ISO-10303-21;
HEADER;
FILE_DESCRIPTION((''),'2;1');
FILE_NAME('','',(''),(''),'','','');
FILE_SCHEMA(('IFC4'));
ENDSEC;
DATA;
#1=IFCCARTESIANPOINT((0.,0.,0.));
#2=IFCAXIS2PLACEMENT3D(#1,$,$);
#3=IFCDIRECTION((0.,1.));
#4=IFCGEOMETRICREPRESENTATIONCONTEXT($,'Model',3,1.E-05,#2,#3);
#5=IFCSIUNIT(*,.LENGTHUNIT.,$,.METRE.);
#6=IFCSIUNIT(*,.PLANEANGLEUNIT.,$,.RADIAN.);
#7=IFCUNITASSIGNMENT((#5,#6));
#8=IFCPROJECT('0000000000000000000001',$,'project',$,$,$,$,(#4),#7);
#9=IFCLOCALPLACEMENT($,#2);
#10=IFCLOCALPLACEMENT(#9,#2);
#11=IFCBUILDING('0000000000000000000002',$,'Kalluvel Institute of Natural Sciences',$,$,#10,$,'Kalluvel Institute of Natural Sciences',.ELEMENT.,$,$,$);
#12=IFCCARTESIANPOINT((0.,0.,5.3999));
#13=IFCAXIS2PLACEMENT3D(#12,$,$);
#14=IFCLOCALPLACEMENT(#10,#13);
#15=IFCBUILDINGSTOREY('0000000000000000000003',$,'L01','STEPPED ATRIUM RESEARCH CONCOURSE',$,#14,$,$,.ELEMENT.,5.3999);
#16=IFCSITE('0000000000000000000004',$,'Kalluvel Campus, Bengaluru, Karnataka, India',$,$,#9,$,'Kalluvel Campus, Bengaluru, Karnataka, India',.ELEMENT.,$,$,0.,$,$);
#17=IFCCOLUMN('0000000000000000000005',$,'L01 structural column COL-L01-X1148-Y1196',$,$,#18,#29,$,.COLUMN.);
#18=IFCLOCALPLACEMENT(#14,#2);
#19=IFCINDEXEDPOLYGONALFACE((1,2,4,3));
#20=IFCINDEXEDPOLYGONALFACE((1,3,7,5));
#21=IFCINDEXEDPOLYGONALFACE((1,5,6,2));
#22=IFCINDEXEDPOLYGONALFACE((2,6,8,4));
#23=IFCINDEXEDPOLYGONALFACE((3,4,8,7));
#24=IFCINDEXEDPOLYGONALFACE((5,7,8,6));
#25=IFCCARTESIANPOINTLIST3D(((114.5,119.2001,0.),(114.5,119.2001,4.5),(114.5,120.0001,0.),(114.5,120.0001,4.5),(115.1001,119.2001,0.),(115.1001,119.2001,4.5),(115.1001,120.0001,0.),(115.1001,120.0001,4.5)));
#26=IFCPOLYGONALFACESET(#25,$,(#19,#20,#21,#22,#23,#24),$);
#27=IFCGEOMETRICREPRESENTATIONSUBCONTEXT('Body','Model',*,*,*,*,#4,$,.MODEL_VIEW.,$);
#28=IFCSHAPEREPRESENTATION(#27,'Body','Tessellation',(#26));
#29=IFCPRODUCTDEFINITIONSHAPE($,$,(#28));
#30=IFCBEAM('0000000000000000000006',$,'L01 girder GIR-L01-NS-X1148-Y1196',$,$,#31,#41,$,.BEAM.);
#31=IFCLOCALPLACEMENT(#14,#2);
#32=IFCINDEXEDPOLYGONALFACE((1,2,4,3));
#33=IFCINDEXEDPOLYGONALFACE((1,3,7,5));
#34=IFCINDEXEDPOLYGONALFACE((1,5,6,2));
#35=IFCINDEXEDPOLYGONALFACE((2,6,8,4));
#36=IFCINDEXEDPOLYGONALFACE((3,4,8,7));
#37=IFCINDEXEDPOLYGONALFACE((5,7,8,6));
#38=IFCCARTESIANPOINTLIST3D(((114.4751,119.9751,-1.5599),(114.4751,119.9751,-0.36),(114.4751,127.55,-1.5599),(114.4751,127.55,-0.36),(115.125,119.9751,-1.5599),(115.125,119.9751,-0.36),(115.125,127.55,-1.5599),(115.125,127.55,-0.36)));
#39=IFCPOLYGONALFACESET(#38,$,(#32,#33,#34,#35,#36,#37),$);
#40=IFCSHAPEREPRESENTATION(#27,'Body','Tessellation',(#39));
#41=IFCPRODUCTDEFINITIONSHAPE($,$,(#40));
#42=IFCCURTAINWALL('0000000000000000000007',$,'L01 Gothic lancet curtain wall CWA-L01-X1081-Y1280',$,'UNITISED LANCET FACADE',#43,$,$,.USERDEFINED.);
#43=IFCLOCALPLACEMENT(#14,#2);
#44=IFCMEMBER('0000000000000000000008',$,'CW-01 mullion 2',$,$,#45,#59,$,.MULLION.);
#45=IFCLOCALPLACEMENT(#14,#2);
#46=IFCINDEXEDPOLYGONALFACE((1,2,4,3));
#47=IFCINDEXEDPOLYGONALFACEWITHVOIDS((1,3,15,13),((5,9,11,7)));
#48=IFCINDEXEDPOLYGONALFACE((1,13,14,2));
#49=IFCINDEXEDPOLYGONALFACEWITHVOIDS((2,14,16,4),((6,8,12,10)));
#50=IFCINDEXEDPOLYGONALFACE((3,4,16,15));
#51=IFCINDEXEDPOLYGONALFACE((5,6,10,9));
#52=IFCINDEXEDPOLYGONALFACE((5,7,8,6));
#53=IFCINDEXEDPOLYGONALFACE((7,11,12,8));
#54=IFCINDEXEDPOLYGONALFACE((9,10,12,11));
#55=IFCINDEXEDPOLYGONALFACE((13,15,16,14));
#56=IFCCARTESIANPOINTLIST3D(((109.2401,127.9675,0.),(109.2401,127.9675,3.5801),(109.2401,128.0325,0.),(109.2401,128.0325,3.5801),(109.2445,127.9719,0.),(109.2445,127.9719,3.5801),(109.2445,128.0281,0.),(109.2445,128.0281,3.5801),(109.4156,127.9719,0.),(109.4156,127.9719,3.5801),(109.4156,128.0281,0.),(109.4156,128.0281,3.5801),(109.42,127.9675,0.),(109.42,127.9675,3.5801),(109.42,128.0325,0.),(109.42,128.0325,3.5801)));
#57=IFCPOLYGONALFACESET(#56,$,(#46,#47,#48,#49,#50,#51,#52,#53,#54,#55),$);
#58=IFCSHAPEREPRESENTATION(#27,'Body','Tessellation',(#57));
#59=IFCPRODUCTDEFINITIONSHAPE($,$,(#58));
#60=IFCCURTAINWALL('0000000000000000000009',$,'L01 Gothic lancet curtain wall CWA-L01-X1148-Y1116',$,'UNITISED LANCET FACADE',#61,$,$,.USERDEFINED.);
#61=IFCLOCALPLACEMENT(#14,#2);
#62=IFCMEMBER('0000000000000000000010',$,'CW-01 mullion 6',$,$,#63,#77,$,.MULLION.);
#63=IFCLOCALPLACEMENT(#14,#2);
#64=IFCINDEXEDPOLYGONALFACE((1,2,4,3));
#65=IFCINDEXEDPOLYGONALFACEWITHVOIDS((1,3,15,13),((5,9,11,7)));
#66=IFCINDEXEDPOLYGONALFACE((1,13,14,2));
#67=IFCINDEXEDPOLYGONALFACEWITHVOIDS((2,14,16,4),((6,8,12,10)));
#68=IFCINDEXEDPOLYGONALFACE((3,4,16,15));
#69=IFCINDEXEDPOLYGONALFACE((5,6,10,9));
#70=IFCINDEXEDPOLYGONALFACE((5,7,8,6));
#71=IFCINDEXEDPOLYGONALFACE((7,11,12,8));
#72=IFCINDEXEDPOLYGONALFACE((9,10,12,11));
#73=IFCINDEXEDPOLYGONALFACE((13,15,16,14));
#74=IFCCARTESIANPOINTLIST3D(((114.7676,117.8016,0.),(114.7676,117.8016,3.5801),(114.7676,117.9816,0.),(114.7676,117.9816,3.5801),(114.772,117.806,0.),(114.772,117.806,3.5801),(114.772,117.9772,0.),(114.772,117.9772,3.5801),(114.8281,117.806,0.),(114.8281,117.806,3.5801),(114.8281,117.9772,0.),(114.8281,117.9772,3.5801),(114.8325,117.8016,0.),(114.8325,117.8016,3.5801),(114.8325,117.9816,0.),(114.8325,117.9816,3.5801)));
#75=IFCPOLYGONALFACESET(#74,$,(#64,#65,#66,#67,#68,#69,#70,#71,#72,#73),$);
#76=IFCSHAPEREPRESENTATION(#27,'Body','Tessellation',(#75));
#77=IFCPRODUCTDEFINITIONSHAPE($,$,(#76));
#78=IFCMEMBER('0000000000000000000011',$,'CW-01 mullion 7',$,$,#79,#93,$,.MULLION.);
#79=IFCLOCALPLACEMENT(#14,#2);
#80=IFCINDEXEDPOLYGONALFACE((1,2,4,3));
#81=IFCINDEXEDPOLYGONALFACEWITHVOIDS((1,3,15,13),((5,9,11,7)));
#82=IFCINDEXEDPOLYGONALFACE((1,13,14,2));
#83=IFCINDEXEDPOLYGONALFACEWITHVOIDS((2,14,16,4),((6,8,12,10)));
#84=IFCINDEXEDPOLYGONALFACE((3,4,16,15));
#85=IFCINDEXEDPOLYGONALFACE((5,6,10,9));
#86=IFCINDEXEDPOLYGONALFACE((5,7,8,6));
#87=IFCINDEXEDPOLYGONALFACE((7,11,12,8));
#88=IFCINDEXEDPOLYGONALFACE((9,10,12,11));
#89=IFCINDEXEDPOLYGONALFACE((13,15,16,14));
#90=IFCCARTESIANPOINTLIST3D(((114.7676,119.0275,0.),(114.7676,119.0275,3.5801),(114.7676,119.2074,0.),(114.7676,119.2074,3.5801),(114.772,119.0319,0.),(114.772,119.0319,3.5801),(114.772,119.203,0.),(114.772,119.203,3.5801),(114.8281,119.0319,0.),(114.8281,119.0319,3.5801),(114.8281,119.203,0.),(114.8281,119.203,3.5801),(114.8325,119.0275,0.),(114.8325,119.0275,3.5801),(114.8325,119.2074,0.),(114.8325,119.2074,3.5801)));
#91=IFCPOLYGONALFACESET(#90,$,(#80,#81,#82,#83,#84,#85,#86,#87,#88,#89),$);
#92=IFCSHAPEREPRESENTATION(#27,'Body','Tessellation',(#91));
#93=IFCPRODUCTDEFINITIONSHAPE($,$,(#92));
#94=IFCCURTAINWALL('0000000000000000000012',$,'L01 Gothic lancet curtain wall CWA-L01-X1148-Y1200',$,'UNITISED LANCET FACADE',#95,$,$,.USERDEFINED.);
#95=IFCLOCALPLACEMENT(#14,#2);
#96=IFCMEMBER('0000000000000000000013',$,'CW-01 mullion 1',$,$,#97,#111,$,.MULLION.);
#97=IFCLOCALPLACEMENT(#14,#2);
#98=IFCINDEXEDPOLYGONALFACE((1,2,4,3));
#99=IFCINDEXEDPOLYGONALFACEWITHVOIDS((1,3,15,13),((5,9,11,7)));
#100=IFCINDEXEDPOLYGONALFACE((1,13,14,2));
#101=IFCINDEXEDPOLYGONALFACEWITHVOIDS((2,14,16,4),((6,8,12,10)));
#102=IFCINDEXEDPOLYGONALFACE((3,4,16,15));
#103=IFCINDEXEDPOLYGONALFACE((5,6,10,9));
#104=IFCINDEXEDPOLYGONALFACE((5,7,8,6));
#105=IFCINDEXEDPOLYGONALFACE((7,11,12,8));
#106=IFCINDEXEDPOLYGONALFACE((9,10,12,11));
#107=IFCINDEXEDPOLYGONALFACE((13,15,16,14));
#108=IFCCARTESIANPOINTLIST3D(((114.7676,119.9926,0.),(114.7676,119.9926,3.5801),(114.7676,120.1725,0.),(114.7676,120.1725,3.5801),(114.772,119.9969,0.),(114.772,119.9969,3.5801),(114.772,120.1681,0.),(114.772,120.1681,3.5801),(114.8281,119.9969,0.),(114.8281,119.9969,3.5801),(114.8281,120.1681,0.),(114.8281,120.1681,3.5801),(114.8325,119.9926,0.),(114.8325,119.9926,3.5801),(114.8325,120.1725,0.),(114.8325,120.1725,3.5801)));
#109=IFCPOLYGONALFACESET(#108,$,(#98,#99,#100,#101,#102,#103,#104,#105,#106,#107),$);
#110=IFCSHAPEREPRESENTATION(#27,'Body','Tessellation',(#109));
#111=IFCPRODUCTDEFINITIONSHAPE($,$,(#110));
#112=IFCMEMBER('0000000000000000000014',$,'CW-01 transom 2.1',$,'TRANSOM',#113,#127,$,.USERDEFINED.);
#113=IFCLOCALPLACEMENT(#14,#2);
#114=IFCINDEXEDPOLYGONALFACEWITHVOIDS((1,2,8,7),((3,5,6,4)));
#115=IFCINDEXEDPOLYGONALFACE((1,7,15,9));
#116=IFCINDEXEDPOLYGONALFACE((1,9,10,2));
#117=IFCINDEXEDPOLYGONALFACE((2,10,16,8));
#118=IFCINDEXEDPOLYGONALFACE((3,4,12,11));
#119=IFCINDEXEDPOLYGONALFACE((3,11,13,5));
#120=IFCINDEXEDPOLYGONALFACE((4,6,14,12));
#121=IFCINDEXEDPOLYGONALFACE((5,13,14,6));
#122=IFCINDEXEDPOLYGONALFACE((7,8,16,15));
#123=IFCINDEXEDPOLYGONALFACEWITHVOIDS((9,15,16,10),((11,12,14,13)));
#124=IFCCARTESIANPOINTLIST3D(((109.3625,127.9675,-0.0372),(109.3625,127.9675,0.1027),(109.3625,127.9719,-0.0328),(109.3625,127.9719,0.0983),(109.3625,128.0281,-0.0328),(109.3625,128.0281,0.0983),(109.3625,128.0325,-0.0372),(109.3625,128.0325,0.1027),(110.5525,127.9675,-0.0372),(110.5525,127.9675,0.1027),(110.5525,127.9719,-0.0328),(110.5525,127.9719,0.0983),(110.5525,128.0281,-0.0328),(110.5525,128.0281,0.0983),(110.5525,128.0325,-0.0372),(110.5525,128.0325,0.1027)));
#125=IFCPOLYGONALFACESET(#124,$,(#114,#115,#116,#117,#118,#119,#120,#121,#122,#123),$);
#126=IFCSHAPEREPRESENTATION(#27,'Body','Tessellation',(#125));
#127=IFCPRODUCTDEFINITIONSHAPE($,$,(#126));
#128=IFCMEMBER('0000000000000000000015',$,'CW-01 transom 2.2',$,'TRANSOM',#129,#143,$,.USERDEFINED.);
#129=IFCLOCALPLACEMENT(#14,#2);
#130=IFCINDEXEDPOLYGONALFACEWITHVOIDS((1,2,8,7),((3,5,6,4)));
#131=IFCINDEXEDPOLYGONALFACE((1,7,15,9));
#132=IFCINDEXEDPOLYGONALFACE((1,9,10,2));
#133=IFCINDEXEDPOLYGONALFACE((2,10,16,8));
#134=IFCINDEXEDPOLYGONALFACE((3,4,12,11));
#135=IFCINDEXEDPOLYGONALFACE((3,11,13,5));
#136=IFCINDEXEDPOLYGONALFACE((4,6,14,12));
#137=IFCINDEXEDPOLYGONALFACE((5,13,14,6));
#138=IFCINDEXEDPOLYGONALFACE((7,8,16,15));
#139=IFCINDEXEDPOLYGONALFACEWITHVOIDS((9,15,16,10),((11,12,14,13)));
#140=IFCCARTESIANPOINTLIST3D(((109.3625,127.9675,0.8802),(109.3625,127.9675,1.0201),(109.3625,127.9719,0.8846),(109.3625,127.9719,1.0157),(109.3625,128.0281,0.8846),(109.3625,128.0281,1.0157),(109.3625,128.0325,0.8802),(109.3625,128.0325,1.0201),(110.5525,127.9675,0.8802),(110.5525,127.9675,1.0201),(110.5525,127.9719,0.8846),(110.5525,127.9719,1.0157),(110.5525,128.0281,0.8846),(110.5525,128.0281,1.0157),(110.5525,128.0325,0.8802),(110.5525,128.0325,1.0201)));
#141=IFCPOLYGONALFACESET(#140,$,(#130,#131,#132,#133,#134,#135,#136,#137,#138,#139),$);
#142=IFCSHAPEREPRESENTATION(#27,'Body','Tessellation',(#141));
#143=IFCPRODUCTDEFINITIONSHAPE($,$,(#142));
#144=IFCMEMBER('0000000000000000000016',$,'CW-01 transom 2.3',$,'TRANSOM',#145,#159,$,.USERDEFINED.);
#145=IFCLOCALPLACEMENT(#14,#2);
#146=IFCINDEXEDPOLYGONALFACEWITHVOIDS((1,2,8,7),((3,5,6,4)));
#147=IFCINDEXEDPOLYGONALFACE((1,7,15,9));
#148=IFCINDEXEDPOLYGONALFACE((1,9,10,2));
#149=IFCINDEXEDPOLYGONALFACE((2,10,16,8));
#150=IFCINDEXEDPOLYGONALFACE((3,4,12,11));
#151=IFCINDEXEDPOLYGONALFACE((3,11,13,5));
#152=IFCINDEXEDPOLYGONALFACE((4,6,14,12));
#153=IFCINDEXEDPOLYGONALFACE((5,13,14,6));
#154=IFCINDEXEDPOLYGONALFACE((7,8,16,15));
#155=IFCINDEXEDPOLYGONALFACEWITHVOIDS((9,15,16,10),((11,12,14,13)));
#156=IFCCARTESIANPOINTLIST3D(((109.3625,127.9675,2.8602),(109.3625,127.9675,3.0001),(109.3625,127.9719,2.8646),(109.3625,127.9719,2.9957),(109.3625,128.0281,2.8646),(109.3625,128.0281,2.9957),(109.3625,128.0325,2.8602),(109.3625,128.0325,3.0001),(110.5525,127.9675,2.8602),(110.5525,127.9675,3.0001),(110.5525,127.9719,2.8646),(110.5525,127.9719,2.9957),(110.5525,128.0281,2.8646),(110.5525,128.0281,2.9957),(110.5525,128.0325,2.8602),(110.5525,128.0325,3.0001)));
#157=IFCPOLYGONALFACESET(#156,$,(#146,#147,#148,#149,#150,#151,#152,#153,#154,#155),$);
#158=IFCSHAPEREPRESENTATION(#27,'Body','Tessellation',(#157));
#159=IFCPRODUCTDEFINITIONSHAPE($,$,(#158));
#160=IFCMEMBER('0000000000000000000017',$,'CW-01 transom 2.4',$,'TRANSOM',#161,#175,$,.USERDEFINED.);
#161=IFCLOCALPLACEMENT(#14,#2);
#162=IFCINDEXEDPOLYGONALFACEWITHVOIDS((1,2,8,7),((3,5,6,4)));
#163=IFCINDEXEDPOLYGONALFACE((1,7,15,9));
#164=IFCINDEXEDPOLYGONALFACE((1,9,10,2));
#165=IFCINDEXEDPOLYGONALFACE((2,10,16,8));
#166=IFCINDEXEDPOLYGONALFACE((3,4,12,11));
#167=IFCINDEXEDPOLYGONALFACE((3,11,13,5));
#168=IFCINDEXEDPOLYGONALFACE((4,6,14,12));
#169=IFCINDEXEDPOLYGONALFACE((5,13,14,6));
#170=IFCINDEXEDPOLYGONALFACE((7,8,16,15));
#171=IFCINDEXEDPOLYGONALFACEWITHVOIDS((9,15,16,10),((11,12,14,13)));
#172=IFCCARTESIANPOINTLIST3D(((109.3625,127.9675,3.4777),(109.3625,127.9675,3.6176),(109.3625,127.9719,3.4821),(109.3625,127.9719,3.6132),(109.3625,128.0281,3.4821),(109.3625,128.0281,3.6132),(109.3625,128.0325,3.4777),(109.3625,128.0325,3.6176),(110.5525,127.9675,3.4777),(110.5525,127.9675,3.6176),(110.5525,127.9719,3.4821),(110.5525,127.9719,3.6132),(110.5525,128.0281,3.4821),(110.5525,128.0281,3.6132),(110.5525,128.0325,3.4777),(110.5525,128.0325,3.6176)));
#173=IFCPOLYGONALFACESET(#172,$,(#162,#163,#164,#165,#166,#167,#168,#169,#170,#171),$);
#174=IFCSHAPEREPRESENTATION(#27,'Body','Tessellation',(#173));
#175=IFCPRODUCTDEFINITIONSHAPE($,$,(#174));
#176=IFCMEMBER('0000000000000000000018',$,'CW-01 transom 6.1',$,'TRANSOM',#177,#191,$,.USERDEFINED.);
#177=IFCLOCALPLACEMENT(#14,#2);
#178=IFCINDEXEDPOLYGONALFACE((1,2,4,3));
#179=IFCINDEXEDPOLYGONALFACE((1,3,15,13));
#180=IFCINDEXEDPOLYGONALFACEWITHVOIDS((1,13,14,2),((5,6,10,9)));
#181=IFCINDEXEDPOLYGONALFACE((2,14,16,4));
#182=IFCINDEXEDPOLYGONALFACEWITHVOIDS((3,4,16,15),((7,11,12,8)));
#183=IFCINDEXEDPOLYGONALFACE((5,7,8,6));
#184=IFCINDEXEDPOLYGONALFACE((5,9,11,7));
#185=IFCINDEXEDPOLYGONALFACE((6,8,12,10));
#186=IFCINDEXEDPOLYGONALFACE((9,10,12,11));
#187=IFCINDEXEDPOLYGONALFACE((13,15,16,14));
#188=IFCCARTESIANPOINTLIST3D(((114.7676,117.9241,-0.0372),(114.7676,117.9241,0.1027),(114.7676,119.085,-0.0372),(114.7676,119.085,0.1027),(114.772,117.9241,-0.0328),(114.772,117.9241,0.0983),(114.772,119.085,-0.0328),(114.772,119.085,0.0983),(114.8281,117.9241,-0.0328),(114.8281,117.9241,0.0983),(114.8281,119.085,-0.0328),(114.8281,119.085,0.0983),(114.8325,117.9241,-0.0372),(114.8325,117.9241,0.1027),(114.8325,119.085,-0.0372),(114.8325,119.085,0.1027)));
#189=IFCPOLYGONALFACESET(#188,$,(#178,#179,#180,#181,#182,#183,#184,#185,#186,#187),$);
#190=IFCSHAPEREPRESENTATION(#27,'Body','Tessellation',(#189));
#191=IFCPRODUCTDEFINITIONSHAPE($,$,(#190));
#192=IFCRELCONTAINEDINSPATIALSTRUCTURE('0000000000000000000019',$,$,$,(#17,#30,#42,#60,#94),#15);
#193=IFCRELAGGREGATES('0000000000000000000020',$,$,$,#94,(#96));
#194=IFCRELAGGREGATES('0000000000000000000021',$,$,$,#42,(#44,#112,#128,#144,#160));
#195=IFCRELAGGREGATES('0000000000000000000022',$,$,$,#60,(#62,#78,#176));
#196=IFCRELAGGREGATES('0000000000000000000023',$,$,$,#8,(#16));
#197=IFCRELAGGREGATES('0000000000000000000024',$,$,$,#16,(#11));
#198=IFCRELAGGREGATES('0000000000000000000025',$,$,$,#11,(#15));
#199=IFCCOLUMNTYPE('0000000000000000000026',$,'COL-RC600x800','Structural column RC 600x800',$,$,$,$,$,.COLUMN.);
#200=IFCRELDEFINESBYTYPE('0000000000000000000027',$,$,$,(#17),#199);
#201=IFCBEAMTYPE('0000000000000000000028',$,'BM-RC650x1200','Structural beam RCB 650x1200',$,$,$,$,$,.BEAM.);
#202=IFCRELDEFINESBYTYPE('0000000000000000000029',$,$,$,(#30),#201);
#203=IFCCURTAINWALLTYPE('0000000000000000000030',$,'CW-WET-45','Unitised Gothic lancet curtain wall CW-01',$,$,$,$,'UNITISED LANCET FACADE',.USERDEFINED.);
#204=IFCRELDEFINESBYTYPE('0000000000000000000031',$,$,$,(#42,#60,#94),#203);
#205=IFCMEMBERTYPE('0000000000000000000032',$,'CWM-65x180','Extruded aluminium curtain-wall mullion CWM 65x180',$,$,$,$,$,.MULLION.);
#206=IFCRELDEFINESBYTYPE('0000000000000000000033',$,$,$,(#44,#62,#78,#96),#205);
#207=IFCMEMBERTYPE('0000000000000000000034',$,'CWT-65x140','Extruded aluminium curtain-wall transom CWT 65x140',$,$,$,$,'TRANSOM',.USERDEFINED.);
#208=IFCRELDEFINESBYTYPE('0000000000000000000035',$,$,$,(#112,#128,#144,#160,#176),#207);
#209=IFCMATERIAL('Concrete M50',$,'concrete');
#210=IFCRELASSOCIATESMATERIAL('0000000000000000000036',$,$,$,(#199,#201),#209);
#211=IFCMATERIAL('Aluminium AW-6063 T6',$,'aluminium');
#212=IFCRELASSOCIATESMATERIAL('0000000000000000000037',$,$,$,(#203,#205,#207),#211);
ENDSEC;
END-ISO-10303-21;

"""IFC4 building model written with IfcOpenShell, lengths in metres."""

from ifc_helpers import new_model, si_unit, direction, frame, origin, origin_2d, place, context, subcontext, project, spatial, rectangle, hollow_rectangle, extrude, material, material_profile, profile_set, type_object, element, aggregate, save


model = new_model("IFC4")

# Units and contexts
model_context = context("Model", 3, precision=1e-05, world=origin(), true_north=direction((0.0, 1.0)))
body_context = subcontext(model_context, "Body", "Model", "MODEL_VIEW")
ifc_project = project(units=[si_unit("LENGTHUNIT", "METRE"), si_unit("PLANEANGLEUNIT", "RADIAN")], contexts=[model_context])

# Site, building, storey
site_placement = place(None, origin())
site = spatial("IfcSite", under=ifc_project, at=site_placement, Name="Kalluvel Campus, Bengaluru, Karnataka, India", LongName="Kalluvel Campus, Bengaluru, Karnataka, India", CompositionType="ELEMENT", RefElevation=0.0)
building_placement = place(site_placement, origin())
building = spatial("IfcBuilding", under=site, at=building_placement, Name="Kalluvel Institute of Natural Sciences", LongName="Kalluvel Institute of Natural Sciences", CompositionType="ELEMENT")
storey_placement = place(building_placement, frame((0.0, 0.0, 5.3999)))
storey = spatial("IfcBuildingStorey", under=building, at=storey_placement, Name="L01", Description="STEPPED ATRIUM RESEARCH CONCOURSE", CompositionType="ELEMENT", Elevation=5.3999)

# Column
ifc_material_1 = material(Name="Concrete M50", Category="concrete")
ifc_material_profile_1 = material_profile(ifc_material_1, rectangle(XDim=0.6001, YDim=0.8, at=origin_2d()), Name="RC 600x800")
ifc_profile_set_1 = profile_set([ifc_material_profile_1], Name="Concrete M50")
column_type = type_object("IfcColumnType", Name="COL-RC600x800", Description="Structural column RC 600x800", PredefinedType="COLUMN", material=ifc_profile_set_1)
column_placement = place(storey_placement, frame((114.8, 119.6001, 0.0), z_axis=(0.0, 0.0, 1.0), x_axis=(1.0, 0.0, 0.0)))
element("IfcColumn", 1, at=column_placement, inside=storey, type_object=column_type, Name="L01 structural column COL-L01-X1148-Y1196", PredefinedType="COLUMN", context=body_context, shape_type="SweptSolid", body=[
    extrude(rectangle(XDim=0.6001, YDim=0.8, at=origin_2d()), origin(), (0.0, 0.0, 1.0), 4.5),
])

# Beam
ifc_material_profile_2 = material_profile(ifc_material_1, rectangle(XDim=0.6499, YDim=1.2, at=origin_2d()), Name="RCB 650x1200")
ifc_profile_set_2 = profile_set([ifc_material_profile_2], Name="Concrete M50")
beam_type_1 = type_object("IfcBeamType", Name="BM-RC650x1200", Description="Structural beam RCB 650x1200", PredefinedType="BEAM", material=ifc_profile_set_2)
beam_1_placement = place(storey_placement, frame((114.8, 119.9751, -0.96), z_axis=(0.0, 1.0, 0.0), x_axis=(-1.0, 0.0, 0.0)))
element("IfcBeam", 2, at=beam_1_placement, inside=storey, type_object=beam_type_1, Name="L01 girder GIR-L01-NS-X1148-Y1196", PredefinedType="BEAM", context=body_context, shape_type="SweptSolid", body=[
    extrude(rectangle(XDim=0.6499, YDim=1.2, at=origin_2d()), origin(), (0.0, 0.0, 1.0), 7.575),
])

# Curtain wall, member
ifc_material_2 = material(Name="Aluminium AW-6063 T6", Category="aluminium")
curtain_wall_type = type_object("IfcCurtainWallType", Name="CW-WET-45", Description="Unitised Gothic lancet curtain wall CW-01", ElementType="UNITISED LANCET FACADE", PredefinedType="USERDEFINED", material=ifc_material_2)
curtain_wall_1_placement = place(storey_placement, origin())
curtain_wall_1 = element("IfcCurtainWall", 3, at=curtain_wall_1_placement, inside=storey, type_object=curtain_wall_type, Name="L01 Gothic lancet curtain wall CWA-L01-X1081-Y1280", ObjectType="UNITISED LANCET FACADE", PredefinedType="USERDEFINED")
ifc_material_profile_3 = material_profile(ifc_material_2, hollow_rectangle(XDim=0.0649, YDim=0.1799, WallThickness=0.0044, at=origin_2d()), Name="CWM 65x180")
ifc_profile_set_3 = profile_set([ifc_material_profile_3], Name="Aluminium AW-6063 T6")
member_type_1 = type_object("IfcMemberType", Name="CWM-65x180", Description="Extruded aluminium curtain-wall mullion CWM 65x180", PredefinedType="MULLION", material=ifc_profile_set_3)
member_1_placement = place(storey_placement, frame((109.3301, 128.0, 0.0), z_axis=(0.0, 0.0, 1.0), x_axis=(0.0, 1.0, 0.0)))
member_1 = element("IfcMember", 4, at=member_1_placement, type_object=member_type_1, Name="CW-01 mullion 2", PredefinedType="MULLION", context=body_context, shape_type="SweptSolid", body=[
    extrude(hollow_rectangle(XDim=0.0649, YDim=0.1799, WallThickness=0.0044, at=origin_2d()), origin(), (0.0, 0.0, 1.0), 3.5801),
])

# Curtain wall, members
curtain_wall_2_placement = place(storey_placement, origin())
curtain_wall_2 = element("IfcCurtainWall", 5, at=curtain_wall_2_placement, inside=storey, type_object=curtain_wall_type, Name="L01 Gothic lancet curtain wall CWA-L01-X1148-Y1116", ObjectType="UNITISED LANCET FACADE", PredefinedType="USERDEFINED")
member_2_placement = place(storey_placement, frame((114.8, 117.8916, 0.0), z_axis=(0.0, 0.0, 1.0), x_axis=(-1.0, 0.0, 0.0)))
member_2 = element("IfcMember", 6, at=member_2_placement, type_object=member_type_1, Name="CW-01 mullion 6", PredefinedType="MULLION", context=body_context, shape_type="SweptSolid", body=[
    extrude(hollow_rectangle(XDim=0.0649, YDim=0.1799, WallThickness=0.0044, at=origin_2d()), origin(), (0.0, 0.0, 1.0), 3.5801),
])
member_3_placement = place(storey_placement, frame((114.8, 119.1174, 0.0), z_axis=(0.0, 0.0, 1.0), x_axis=(-1.0, 0.0, 0.0)))
member_3 = element("IfcMember", 7, at=member_3_placement, type_object=member_type_1, Name="CW-01 mullion 7", PredefinedType="MULLION", context=body_context, shape_type="SweptSolid", body=[
    extrude(hollow_rectangle(XDim=0.0649, YDim=0.1799, WallThickness=0.0044, at=origin_2d()), origin(), (0.0, 0.0, 1.0), 3.5801),
])

# Curtain wall, member
curtain_wall_3_placement = place(storey_placement, origin())
curtain_wall_3 = element("IfcCurtainWall", 8, at=curtain_wall_3_placement, inside=storey, type_object=curtain_wall_type, Name="L01 Gothic lancet curtain wall CWA-L01-X1148-Y1200", ObjectType="UNITISED LANCET FACADE", PredefinedType="USERDEFINED")
member_4_placement = place(storey_placement, frame((114.8, 120.0825, 0.0), z_axis=(0.0, 0.0, 1.0), x_axis=(-1.0, 0.0, 0.0)))
member_4 = element("IfcMember", 9, at=member_4_placement, type_object=member_type_1, Name="CW-01 mullion 1", PredefinedType="MULLION", context=body_context, shape_type="SweptSolid", body=[
    extrude(hollow_rectangle(XDim=0.0649, YDim=0.1799, WallThickness=0.0044, at=origin_2d()), origin(), (0.0, 0.0, 1.0), 3.5801),
])
aggregate(curtain_wall_3, [member_4])

# Members
ifc_material_profile_4 = material_profile(ifc_material_2, hollow_rectangle(XDim=0.0649, YDim=0.1399, WallThickness=0.0044, at=origin_2d()), Name="CWT 65x140")
ifc_profile_set_4 = profile_set([ifc_material_profile_4], Name="Aluminium AW-6063 T6")
member_type_2 = type_object("IfcMemberType", Name="CWT-65x140", Description="Extruded aluminium curtain-wall transom CWT 65x140", ElementType="TRANSOM", PredefinedType="USERDEFINED", material=ifc_profile_set_4)
member_5_placement = place(storey_placement, frame((109.3625, 128.0, 0.0327), z_axis=(1.0, 0.0, 0.0), x_axis=(0.0, 1.0, 0.0)))
member_5 = element("IfcMember", 10, at=member_5_placement, type_object=member_type_2, Name="CW-01 transom 2.1", ObjectType="TRANSOM", PredefinedType="USERDEFINED", context=body_context, shape_type="SweptSolid", body=[
    extrude(hollow_rectangle(XDim=0.0649, YDim=0.1399, WallThickness=0.0044, at=origin_2d()), origin(), (0.0, 0.0, 1.0), 1.1899),
])
member_6_placement = place(storey_placement, frame((109.3625, 128.0, 0.9502), z_axis=(1.0, 0.0, 0.0), x_axis=(0.0, 1.0, 0.0)))
member_6 = element("IfcMember", 11, at=member_6_placement, type_object=member_type_2, Name="CW-01 transom 2.2", ObjectType="TRANSOM", PredefinedType="USERDEFINED", context=body_context, shape_type="SweptSolid", body=[
    extrude(hollow_rectangle(XDim=0.0649, YDim=0.1399, WallThickness=0.0044, at=origin_2d()), origin(), (0.0, 0.0, 1.0), 1.1899),
])
member_7_placement = place(storey_placement, frame((109.3625, 128.0, 2.9302), z_axis=(1.0, 0.0, 0.0), x_axis=(0.0, 1.0, 0.0)))
member_7 = element("IfcMember", 12, at=member_7_placement, type_object=member_type_2, Name="CW-01 transom 2.3", ObjectType="TRANSOM", PredefinedType="USERDEFINED", context=body_context, shape_type="SweptSolid", body=[
    extrude(hollow_rectangle(XDim=0.0649, YDim=0.1399, WallThickness=0.0044, at=origin_2d()), origin(), (0.0, 0.0, 1.0), 1.1899),
])
member_8_placement = place(storey_placement, frame((109.3625, 128.0, 3.5476), z_axis=(1.0, 0.0, 0.0), x_axis=(0.0, 1.0, 0.0)))
member_8 = element("IfcMember", 13, at=member_8_placement, type_object=member_type_2, Name="CW-01 transom 2.4", ObjectType="TRANSOM", PredefinedType="USERDEFINED", context=body_context, shape_type="SweptSolid", body=[
    extrude(hollow_rectangle(XDim=0.0649, YDim=0.1399, WallThickness=0.0044, at=origin_2d()), origin(), (0.0, 0.0, 1.0), 1.1899),
])
member_9_placement = place(storey_placement, frame((114.8, 117.9241, 0.0327), z_axis=(0.0, 1.0, 0.0), x_axis=(-1.0, 0.0, 0.0)))
member_9 = element("IfcMember", 14, at=member_9_placement, type_object=member_type_2, Name="CW-01 transom 6.1", ObjectType="TRANSOM", PredefinedType="USERDEFINED", context=body_context, shape_type="SweptSolid", body=[
    extrude(hollow_rectangle(XDim=0.0649, YDim=0.1399, WallThickness=0.0044, at=origin_2d()), origin(), (0.0, 0.0, 1.0), 1.1609),
])

aggregate(curtain_wall_1, [member_1, member_5, member_6, member_7, member_8])
aggregate(curtain_wall_2, [member_2, member_3, member_9])

save(model, "model.ifc")
